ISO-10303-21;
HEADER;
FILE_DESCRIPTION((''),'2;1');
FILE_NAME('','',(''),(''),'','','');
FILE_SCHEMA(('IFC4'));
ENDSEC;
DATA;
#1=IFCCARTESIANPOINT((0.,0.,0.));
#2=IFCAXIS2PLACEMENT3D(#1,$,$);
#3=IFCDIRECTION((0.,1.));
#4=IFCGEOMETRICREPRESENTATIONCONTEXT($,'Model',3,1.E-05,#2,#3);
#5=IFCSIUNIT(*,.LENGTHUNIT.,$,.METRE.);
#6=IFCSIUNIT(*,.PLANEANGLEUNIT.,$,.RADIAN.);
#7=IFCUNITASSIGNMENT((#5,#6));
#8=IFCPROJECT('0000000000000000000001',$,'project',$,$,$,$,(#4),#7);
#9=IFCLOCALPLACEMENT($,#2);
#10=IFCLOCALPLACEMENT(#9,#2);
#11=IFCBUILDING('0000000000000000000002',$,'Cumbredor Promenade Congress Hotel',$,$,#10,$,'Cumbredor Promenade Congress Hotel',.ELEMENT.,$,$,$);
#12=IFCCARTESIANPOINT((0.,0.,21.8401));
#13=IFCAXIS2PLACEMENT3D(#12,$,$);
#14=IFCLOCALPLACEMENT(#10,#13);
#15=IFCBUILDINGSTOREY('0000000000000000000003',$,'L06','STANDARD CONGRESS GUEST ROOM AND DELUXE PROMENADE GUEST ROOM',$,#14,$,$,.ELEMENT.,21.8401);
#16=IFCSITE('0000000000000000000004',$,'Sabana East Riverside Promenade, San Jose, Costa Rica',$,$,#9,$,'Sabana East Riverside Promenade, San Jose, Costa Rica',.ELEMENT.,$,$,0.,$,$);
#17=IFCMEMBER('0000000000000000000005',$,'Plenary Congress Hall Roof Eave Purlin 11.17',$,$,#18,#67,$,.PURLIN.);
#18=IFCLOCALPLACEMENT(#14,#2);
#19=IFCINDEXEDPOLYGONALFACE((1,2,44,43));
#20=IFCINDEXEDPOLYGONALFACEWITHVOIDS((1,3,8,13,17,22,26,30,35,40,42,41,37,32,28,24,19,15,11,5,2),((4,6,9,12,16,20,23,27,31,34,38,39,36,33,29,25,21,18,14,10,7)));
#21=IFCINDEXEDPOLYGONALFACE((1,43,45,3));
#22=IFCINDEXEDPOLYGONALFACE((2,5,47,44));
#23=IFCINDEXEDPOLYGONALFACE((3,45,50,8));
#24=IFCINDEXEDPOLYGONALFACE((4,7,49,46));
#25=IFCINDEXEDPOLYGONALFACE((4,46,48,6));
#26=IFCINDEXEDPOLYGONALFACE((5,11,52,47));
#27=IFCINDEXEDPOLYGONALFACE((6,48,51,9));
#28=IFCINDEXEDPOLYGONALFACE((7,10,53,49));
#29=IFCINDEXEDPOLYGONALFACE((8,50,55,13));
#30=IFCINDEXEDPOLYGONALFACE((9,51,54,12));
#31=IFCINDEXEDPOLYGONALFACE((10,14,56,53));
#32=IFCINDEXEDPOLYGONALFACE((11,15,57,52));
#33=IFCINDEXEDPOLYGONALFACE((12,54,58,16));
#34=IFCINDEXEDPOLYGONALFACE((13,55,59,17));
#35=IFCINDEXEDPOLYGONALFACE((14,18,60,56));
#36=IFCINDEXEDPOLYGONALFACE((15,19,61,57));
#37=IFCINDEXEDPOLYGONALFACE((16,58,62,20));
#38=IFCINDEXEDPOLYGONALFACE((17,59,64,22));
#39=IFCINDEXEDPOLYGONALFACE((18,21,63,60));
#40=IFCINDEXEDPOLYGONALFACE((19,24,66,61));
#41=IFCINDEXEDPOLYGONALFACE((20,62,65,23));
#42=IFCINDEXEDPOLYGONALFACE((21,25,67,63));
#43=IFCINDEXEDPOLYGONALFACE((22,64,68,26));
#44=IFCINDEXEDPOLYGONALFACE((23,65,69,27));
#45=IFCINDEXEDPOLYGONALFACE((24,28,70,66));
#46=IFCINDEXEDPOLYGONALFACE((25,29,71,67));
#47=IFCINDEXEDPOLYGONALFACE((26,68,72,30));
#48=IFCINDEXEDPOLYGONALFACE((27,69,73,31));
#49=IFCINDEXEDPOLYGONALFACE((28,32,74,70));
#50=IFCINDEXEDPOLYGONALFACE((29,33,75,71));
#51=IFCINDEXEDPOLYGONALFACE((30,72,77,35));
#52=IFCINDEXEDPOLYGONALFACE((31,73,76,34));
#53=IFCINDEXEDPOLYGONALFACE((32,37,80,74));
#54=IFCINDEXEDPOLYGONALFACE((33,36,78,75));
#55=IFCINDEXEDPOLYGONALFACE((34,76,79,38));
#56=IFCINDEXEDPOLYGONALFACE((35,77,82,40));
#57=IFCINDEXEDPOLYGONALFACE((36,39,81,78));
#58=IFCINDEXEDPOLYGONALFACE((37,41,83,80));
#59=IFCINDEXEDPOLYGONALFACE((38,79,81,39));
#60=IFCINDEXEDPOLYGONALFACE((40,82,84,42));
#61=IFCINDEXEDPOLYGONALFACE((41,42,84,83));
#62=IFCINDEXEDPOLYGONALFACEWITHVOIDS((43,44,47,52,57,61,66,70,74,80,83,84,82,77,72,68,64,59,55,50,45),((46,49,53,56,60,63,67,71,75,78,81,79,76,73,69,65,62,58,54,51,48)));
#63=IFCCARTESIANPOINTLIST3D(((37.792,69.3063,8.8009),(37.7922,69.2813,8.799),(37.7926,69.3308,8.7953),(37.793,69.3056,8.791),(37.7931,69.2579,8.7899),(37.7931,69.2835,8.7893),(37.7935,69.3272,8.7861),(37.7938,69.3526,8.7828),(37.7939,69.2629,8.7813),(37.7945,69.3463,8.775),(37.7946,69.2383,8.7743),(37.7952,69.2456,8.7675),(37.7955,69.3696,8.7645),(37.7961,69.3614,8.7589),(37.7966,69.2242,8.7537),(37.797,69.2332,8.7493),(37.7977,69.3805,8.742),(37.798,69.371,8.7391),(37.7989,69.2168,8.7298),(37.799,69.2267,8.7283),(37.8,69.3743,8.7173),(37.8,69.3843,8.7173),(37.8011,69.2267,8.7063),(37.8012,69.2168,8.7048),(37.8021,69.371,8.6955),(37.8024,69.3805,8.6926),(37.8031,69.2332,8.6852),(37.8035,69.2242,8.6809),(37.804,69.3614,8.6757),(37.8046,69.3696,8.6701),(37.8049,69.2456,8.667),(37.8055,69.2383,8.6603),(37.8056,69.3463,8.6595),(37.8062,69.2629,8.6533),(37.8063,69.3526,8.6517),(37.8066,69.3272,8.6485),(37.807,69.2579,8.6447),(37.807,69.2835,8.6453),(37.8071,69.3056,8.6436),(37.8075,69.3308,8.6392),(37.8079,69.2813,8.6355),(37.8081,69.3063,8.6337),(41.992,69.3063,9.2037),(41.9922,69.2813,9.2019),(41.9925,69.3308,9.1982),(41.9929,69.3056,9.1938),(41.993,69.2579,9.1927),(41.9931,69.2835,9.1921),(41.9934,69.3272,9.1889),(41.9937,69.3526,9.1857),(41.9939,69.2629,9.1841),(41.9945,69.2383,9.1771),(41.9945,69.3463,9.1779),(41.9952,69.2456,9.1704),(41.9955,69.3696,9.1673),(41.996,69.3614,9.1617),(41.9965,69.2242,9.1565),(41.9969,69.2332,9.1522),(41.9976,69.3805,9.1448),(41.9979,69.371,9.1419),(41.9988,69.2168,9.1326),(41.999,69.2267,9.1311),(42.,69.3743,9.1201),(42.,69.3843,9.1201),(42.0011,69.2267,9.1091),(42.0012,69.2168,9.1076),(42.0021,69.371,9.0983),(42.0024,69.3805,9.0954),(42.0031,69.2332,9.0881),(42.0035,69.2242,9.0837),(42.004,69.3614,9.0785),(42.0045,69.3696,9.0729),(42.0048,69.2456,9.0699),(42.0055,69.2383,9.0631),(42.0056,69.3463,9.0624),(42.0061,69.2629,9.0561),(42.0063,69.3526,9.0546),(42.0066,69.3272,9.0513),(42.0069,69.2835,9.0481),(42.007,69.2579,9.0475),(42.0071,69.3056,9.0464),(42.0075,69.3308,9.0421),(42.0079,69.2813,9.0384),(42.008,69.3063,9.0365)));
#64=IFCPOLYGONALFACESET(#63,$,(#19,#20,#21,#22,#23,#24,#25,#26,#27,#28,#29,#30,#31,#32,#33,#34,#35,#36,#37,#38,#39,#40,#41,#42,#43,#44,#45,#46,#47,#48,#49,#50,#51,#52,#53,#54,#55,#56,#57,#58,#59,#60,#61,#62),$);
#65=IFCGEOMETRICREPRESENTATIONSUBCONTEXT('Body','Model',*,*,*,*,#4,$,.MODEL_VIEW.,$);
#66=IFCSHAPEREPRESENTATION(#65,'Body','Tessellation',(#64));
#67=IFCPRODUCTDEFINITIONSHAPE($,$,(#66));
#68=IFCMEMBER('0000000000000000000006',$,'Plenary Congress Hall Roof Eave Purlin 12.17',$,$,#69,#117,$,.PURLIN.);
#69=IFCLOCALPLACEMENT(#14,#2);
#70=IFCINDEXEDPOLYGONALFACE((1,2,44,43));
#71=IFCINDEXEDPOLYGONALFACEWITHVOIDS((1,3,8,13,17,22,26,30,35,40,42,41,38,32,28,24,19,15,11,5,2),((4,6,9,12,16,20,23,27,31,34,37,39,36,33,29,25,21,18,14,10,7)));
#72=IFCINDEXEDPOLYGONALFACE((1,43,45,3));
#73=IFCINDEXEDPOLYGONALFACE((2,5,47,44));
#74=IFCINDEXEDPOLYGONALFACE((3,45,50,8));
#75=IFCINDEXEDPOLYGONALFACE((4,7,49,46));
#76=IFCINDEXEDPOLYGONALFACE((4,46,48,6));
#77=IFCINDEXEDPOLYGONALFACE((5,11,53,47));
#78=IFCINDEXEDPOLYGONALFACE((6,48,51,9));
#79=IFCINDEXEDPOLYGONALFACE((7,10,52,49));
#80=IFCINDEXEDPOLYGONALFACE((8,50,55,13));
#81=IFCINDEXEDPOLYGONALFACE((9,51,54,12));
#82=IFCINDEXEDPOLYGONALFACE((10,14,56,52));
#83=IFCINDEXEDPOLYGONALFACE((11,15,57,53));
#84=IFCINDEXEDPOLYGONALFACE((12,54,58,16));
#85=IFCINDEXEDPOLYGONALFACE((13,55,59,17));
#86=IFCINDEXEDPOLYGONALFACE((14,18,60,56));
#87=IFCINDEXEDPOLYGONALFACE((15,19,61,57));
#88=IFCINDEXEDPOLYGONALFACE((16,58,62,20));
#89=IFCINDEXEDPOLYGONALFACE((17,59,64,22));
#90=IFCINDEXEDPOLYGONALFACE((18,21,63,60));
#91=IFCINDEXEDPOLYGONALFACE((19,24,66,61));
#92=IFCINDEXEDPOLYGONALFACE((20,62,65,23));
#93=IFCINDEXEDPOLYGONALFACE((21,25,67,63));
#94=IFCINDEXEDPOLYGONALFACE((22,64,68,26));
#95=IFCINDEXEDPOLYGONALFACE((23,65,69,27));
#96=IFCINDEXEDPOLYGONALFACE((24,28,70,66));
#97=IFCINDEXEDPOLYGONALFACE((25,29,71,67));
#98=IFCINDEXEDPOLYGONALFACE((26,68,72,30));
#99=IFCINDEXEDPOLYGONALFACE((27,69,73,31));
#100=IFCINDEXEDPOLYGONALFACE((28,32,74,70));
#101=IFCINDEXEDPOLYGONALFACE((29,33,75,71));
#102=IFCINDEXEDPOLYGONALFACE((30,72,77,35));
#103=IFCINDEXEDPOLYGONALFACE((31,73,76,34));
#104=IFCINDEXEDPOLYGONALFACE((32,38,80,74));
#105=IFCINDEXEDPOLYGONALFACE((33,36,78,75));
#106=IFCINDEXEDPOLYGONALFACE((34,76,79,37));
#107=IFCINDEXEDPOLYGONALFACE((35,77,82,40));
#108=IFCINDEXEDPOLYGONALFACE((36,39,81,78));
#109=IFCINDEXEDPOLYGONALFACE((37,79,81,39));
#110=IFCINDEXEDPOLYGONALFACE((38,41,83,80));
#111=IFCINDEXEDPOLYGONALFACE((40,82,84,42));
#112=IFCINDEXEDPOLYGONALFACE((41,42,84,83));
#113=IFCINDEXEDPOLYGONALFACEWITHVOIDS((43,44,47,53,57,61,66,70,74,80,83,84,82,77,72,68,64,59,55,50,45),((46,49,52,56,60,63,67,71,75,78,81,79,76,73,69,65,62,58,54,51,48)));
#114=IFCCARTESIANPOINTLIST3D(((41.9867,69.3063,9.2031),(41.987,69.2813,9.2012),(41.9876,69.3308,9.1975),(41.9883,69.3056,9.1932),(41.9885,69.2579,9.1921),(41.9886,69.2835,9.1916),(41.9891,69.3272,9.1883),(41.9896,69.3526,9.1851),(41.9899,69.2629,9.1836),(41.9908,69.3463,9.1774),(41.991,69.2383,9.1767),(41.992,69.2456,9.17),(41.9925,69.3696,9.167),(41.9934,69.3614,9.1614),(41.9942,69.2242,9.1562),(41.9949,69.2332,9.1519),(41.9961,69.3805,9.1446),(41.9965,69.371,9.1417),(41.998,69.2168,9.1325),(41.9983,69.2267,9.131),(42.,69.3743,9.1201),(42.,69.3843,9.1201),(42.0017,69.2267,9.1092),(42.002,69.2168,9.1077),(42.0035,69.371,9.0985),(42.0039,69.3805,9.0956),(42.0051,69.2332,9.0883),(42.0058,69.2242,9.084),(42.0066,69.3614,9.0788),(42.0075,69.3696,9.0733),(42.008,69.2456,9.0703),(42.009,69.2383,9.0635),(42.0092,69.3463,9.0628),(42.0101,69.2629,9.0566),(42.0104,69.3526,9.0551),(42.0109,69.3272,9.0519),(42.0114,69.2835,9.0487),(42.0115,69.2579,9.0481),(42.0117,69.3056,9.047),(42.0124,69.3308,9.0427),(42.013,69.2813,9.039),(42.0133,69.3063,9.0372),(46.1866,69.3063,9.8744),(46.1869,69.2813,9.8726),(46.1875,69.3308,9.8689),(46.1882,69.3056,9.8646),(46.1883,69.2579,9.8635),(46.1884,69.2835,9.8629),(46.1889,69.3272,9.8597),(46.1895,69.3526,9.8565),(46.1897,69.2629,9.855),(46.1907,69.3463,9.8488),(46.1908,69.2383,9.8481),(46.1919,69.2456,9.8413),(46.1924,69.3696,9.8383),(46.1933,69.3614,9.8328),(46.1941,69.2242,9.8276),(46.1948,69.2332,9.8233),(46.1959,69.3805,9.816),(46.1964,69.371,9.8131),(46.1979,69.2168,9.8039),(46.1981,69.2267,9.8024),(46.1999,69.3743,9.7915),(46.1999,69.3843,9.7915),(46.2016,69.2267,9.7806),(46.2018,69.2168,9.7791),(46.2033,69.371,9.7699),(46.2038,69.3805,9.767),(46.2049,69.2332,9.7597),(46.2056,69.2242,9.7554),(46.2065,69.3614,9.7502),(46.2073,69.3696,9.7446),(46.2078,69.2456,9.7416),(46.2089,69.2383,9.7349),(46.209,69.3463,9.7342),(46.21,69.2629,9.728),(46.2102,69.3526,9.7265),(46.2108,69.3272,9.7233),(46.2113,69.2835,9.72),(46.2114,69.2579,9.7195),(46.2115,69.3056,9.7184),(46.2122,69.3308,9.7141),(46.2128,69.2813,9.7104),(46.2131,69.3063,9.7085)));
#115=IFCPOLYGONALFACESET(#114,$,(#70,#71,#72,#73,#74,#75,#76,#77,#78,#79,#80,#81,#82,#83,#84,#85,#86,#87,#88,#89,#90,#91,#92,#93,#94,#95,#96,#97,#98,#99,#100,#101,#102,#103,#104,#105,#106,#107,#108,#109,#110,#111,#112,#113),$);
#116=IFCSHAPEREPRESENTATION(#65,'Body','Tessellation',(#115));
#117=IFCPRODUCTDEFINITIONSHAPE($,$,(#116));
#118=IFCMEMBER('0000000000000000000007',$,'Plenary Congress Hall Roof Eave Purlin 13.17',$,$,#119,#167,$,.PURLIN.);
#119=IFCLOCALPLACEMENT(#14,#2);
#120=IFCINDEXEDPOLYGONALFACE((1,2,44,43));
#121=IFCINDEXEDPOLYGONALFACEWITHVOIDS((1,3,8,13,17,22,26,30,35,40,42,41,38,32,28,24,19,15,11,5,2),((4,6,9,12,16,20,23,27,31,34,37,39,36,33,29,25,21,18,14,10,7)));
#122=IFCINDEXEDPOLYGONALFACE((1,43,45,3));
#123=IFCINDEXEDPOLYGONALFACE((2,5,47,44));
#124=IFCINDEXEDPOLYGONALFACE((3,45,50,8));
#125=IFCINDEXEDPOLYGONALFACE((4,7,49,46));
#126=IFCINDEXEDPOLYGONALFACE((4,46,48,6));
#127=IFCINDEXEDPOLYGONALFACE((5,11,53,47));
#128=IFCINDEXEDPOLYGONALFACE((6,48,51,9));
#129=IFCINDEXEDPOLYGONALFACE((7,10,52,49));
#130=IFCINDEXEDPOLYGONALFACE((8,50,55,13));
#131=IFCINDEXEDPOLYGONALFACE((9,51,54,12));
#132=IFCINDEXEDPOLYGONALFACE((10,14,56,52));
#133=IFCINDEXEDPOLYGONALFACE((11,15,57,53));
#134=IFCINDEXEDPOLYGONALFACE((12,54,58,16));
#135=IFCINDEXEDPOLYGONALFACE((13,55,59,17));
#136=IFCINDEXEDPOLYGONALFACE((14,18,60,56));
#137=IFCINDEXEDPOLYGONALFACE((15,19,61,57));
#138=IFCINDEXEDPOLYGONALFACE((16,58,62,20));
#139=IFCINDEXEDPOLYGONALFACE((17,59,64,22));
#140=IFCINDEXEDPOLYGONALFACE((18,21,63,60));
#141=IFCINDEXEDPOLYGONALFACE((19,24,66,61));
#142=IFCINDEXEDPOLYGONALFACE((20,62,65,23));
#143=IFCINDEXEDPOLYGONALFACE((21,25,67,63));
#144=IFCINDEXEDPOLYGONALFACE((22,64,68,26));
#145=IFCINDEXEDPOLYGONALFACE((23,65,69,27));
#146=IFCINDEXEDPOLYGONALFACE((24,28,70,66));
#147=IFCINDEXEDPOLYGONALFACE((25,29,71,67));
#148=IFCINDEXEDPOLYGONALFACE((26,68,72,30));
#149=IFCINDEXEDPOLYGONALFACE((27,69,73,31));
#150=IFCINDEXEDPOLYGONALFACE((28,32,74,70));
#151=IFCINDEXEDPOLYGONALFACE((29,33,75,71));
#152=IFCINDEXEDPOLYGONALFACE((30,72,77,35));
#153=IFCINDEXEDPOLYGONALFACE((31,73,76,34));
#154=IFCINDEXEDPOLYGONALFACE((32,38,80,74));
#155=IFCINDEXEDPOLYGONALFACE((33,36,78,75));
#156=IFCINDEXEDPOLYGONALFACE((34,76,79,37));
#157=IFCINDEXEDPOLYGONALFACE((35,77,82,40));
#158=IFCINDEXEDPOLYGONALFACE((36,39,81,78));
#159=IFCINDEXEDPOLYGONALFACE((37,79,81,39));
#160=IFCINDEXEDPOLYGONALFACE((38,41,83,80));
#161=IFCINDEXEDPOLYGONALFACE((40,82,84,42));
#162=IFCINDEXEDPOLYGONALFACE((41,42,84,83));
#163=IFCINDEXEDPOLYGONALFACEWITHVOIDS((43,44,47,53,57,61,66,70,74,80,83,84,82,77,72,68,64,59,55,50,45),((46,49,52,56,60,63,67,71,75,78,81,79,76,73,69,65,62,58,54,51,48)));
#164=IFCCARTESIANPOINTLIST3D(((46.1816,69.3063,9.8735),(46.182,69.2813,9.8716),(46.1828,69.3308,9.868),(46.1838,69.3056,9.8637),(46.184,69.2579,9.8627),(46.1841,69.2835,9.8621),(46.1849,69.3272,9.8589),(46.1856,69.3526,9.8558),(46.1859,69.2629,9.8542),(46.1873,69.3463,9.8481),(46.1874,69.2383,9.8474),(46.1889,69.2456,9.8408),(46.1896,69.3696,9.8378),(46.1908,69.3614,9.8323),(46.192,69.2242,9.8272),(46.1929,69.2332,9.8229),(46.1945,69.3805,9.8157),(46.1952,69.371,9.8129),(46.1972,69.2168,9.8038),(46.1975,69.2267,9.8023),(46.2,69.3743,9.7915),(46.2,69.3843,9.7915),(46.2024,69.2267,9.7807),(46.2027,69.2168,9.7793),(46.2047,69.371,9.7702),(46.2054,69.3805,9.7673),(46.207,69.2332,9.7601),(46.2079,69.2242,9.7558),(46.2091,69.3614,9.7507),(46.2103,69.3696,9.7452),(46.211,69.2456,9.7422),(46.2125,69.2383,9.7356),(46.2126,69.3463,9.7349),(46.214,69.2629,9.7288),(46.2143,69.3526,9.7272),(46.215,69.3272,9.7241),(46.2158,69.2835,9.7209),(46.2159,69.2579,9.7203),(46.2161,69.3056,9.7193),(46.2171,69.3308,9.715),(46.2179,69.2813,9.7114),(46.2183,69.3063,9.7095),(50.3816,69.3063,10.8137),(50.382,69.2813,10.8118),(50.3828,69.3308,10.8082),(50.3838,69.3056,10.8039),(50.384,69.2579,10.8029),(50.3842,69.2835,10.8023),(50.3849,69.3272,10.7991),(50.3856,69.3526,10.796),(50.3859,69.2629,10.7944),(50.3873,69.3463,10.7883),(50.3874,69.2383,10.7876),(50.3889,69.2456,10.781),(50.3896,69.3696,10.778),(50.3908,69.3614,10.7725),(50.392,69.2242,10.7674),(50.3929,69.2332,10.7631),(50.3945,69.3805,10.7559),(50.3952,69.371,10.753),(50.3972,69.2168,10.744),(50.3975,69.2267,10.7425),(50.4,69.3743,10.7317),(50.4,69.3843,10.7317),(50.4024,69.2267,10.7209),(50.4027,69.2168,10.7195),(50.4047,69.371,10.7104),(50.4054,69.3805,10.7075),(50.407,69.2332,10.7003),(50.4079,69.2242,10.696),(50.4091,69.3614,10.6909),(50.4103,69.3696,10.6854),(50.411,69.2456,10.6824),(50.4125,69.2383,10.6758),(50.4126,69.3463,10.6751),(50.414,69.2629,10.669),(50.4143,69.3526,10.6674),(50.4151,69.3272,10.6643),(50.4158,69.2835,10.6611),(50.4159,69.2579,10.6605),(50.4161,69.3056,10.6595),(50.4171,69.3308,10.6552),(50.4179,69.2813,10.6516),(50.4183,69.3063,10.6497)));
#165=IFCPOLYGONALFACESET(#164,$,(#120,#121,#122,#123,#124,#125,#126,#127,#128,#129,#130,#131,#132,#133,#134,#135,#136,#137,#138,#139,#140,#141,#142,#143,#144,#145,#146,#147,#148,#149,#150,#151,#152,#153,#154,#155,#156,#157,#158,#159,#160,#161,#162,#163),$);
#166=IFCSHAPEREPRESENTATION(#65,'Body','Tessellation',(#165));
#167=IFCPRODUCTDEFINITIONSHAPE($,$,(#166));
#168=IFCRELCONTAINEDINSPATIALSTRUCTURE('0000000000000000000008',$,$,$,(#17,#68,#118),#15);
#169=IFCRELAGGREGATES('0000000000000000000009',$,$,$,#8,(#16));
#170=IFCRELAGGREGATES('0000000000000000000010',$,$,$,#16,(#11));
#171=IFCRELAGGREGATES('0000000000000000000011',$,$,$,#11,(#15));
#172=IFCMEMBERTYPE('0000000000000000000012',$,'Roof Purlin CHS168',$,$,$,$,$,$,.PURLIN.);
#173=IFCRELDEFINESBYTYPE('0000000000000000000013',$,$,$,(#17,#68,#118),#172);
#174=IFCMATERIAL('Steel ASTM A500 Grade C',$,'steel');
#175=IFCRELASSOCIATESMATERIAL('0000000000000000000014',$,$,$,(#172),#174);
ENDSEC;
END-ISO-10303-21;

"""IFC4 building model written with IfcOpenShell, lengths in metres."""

from ifc_helpers import new_model, si_unit, direction, frame, origin, origin_2d, place, context, subcontext, project, spatial, hollow_circle, extrude, material, material_profile, profile_set, type_object, element, save


model = new_model("IFC4")

# Units and contexts
model_context = context("Model", 3, precision=1e-05, world=origin(), true_north=direction((0.0, 1.0)))
body_context = subcontext(model_context, "Body", "Model", "MODEL_VIEW")
ifc_project = project(units=[si_unit("LENGTHUNIT", "METRE"), si_unit("PLANEANGLEUNIT", "RADIAN")], contexts=[model_context])

# Site, building, storey
site_placement = place(None, origin())
site = spatial("IfcSite", under=ifc_project, at=site_placement, Name="Sabana East Riverside Promenade, San Jose, Costa Rica", LongName="Sabana East Riverside Promenade, San Jose, Costa Rica", CompositionType="ELEMENT", RefElevation=0.0)
building_placement = place(site_placement, origin())
building = spatial("IfcBuilding", under=site, at=building_placement, Name="Cumbredor Promenade Congress Hotel", LongName="Cumbredor Promenade Congress Hotel", CompositionType="ELEMENT")
storey_placement = place(building_placement, frame((0.0, 0.0, 21.8401)))
storey = spatial("IfcBuildingStorey", under=building, at=storey_placement, Name="L06", Description="STANDARD CONGRESS GUEST ROOM AND DELUXE PROMENADE GUEST ROOM", CompositionType="ELEMENT", Elevation=21.8401)

# Members
ifc_material_1 = material(Name="Steel ASTM A500 Grade C", Category="steel")
ifc_material_profile_1 = material_profile(ifc_material_1, hollow_circle(Radius=0.0842, WallThickness=0.01, at=origin_2d()), Name="CHS 168.3x10")
ifc_profile_set_1 = profile_set([ifc_material_profile_1], Name="Steel ASTM A500 Grade C")
member_type_1 = type_object("IfcMemberType", Name="Roof Purlin CHS168", PredefinedType="PURLIN", material=ifc_profile_set_1)
member_1_placement = place(storey_placement, frame((37.8, 69.3, 8.7173), z_axis=(0.995432, 0.0, 0.095475), x_axis=(0.0, 1.0, 0.0)))
element("IfcMember", 1, at=member_1_placement, inside=storey, type_object=member_type_1, Name="Plenary Congress Hall Roof Eave Purlin 11.17", PredefinedType="PURLIN", context=body_context, shape_type="SweptSolid", body=[
    extrude(hollow_circle(Radius=0.0842, WallThickness=0.01, at=origin_2d()), origin(), (0.0, 0.0, 1.0), 4.2192),
])
member_2_placement = place(storey_placement, frame((42.0, 69.3, 9.1201), z_axis=(0.987463, 0.0, 0.157852), x_axis=(0.0, 1.0, 0.0)))
element("IfcMember", 2, at=member_2_placement, inside=storey, type_object=member_type_1, Name="Plenary Congress Hall Roof Eave Purlin 12.17", PredefinedType="PURLIN", context=body_context, shape_type="SweptSolid", body=[
    extrude(hollow_circle(Radius=0.0842, WallThickness=0.01, at=origin_2d()), origin(), (0.0, 0.0, 1.0), 4.2532),
])
member_3_placement = place(storey_placement, frame((46.2, 69.3, 9.7915), z_axis=(0.975848, 0.0, 0.21845), x_axis=(0.0, 1.0, 0.0)))
element("IfcMember", 3, at=member_3_placement, inside=storey, type_object=member_type_1, Name="Plenary Congress Hall Roof Eave Purlin 13.17", PredefinedType="PURLIN", context=body_context, shape_type="SweptSolid", body=[
    extrude(hollow_circle(Radius=0.0842, WallThickness=0.01, at=origin_2d()), origin(), (0.0, 0.0, 1.0), 4.304),
])

save(model, "model.ifc")
